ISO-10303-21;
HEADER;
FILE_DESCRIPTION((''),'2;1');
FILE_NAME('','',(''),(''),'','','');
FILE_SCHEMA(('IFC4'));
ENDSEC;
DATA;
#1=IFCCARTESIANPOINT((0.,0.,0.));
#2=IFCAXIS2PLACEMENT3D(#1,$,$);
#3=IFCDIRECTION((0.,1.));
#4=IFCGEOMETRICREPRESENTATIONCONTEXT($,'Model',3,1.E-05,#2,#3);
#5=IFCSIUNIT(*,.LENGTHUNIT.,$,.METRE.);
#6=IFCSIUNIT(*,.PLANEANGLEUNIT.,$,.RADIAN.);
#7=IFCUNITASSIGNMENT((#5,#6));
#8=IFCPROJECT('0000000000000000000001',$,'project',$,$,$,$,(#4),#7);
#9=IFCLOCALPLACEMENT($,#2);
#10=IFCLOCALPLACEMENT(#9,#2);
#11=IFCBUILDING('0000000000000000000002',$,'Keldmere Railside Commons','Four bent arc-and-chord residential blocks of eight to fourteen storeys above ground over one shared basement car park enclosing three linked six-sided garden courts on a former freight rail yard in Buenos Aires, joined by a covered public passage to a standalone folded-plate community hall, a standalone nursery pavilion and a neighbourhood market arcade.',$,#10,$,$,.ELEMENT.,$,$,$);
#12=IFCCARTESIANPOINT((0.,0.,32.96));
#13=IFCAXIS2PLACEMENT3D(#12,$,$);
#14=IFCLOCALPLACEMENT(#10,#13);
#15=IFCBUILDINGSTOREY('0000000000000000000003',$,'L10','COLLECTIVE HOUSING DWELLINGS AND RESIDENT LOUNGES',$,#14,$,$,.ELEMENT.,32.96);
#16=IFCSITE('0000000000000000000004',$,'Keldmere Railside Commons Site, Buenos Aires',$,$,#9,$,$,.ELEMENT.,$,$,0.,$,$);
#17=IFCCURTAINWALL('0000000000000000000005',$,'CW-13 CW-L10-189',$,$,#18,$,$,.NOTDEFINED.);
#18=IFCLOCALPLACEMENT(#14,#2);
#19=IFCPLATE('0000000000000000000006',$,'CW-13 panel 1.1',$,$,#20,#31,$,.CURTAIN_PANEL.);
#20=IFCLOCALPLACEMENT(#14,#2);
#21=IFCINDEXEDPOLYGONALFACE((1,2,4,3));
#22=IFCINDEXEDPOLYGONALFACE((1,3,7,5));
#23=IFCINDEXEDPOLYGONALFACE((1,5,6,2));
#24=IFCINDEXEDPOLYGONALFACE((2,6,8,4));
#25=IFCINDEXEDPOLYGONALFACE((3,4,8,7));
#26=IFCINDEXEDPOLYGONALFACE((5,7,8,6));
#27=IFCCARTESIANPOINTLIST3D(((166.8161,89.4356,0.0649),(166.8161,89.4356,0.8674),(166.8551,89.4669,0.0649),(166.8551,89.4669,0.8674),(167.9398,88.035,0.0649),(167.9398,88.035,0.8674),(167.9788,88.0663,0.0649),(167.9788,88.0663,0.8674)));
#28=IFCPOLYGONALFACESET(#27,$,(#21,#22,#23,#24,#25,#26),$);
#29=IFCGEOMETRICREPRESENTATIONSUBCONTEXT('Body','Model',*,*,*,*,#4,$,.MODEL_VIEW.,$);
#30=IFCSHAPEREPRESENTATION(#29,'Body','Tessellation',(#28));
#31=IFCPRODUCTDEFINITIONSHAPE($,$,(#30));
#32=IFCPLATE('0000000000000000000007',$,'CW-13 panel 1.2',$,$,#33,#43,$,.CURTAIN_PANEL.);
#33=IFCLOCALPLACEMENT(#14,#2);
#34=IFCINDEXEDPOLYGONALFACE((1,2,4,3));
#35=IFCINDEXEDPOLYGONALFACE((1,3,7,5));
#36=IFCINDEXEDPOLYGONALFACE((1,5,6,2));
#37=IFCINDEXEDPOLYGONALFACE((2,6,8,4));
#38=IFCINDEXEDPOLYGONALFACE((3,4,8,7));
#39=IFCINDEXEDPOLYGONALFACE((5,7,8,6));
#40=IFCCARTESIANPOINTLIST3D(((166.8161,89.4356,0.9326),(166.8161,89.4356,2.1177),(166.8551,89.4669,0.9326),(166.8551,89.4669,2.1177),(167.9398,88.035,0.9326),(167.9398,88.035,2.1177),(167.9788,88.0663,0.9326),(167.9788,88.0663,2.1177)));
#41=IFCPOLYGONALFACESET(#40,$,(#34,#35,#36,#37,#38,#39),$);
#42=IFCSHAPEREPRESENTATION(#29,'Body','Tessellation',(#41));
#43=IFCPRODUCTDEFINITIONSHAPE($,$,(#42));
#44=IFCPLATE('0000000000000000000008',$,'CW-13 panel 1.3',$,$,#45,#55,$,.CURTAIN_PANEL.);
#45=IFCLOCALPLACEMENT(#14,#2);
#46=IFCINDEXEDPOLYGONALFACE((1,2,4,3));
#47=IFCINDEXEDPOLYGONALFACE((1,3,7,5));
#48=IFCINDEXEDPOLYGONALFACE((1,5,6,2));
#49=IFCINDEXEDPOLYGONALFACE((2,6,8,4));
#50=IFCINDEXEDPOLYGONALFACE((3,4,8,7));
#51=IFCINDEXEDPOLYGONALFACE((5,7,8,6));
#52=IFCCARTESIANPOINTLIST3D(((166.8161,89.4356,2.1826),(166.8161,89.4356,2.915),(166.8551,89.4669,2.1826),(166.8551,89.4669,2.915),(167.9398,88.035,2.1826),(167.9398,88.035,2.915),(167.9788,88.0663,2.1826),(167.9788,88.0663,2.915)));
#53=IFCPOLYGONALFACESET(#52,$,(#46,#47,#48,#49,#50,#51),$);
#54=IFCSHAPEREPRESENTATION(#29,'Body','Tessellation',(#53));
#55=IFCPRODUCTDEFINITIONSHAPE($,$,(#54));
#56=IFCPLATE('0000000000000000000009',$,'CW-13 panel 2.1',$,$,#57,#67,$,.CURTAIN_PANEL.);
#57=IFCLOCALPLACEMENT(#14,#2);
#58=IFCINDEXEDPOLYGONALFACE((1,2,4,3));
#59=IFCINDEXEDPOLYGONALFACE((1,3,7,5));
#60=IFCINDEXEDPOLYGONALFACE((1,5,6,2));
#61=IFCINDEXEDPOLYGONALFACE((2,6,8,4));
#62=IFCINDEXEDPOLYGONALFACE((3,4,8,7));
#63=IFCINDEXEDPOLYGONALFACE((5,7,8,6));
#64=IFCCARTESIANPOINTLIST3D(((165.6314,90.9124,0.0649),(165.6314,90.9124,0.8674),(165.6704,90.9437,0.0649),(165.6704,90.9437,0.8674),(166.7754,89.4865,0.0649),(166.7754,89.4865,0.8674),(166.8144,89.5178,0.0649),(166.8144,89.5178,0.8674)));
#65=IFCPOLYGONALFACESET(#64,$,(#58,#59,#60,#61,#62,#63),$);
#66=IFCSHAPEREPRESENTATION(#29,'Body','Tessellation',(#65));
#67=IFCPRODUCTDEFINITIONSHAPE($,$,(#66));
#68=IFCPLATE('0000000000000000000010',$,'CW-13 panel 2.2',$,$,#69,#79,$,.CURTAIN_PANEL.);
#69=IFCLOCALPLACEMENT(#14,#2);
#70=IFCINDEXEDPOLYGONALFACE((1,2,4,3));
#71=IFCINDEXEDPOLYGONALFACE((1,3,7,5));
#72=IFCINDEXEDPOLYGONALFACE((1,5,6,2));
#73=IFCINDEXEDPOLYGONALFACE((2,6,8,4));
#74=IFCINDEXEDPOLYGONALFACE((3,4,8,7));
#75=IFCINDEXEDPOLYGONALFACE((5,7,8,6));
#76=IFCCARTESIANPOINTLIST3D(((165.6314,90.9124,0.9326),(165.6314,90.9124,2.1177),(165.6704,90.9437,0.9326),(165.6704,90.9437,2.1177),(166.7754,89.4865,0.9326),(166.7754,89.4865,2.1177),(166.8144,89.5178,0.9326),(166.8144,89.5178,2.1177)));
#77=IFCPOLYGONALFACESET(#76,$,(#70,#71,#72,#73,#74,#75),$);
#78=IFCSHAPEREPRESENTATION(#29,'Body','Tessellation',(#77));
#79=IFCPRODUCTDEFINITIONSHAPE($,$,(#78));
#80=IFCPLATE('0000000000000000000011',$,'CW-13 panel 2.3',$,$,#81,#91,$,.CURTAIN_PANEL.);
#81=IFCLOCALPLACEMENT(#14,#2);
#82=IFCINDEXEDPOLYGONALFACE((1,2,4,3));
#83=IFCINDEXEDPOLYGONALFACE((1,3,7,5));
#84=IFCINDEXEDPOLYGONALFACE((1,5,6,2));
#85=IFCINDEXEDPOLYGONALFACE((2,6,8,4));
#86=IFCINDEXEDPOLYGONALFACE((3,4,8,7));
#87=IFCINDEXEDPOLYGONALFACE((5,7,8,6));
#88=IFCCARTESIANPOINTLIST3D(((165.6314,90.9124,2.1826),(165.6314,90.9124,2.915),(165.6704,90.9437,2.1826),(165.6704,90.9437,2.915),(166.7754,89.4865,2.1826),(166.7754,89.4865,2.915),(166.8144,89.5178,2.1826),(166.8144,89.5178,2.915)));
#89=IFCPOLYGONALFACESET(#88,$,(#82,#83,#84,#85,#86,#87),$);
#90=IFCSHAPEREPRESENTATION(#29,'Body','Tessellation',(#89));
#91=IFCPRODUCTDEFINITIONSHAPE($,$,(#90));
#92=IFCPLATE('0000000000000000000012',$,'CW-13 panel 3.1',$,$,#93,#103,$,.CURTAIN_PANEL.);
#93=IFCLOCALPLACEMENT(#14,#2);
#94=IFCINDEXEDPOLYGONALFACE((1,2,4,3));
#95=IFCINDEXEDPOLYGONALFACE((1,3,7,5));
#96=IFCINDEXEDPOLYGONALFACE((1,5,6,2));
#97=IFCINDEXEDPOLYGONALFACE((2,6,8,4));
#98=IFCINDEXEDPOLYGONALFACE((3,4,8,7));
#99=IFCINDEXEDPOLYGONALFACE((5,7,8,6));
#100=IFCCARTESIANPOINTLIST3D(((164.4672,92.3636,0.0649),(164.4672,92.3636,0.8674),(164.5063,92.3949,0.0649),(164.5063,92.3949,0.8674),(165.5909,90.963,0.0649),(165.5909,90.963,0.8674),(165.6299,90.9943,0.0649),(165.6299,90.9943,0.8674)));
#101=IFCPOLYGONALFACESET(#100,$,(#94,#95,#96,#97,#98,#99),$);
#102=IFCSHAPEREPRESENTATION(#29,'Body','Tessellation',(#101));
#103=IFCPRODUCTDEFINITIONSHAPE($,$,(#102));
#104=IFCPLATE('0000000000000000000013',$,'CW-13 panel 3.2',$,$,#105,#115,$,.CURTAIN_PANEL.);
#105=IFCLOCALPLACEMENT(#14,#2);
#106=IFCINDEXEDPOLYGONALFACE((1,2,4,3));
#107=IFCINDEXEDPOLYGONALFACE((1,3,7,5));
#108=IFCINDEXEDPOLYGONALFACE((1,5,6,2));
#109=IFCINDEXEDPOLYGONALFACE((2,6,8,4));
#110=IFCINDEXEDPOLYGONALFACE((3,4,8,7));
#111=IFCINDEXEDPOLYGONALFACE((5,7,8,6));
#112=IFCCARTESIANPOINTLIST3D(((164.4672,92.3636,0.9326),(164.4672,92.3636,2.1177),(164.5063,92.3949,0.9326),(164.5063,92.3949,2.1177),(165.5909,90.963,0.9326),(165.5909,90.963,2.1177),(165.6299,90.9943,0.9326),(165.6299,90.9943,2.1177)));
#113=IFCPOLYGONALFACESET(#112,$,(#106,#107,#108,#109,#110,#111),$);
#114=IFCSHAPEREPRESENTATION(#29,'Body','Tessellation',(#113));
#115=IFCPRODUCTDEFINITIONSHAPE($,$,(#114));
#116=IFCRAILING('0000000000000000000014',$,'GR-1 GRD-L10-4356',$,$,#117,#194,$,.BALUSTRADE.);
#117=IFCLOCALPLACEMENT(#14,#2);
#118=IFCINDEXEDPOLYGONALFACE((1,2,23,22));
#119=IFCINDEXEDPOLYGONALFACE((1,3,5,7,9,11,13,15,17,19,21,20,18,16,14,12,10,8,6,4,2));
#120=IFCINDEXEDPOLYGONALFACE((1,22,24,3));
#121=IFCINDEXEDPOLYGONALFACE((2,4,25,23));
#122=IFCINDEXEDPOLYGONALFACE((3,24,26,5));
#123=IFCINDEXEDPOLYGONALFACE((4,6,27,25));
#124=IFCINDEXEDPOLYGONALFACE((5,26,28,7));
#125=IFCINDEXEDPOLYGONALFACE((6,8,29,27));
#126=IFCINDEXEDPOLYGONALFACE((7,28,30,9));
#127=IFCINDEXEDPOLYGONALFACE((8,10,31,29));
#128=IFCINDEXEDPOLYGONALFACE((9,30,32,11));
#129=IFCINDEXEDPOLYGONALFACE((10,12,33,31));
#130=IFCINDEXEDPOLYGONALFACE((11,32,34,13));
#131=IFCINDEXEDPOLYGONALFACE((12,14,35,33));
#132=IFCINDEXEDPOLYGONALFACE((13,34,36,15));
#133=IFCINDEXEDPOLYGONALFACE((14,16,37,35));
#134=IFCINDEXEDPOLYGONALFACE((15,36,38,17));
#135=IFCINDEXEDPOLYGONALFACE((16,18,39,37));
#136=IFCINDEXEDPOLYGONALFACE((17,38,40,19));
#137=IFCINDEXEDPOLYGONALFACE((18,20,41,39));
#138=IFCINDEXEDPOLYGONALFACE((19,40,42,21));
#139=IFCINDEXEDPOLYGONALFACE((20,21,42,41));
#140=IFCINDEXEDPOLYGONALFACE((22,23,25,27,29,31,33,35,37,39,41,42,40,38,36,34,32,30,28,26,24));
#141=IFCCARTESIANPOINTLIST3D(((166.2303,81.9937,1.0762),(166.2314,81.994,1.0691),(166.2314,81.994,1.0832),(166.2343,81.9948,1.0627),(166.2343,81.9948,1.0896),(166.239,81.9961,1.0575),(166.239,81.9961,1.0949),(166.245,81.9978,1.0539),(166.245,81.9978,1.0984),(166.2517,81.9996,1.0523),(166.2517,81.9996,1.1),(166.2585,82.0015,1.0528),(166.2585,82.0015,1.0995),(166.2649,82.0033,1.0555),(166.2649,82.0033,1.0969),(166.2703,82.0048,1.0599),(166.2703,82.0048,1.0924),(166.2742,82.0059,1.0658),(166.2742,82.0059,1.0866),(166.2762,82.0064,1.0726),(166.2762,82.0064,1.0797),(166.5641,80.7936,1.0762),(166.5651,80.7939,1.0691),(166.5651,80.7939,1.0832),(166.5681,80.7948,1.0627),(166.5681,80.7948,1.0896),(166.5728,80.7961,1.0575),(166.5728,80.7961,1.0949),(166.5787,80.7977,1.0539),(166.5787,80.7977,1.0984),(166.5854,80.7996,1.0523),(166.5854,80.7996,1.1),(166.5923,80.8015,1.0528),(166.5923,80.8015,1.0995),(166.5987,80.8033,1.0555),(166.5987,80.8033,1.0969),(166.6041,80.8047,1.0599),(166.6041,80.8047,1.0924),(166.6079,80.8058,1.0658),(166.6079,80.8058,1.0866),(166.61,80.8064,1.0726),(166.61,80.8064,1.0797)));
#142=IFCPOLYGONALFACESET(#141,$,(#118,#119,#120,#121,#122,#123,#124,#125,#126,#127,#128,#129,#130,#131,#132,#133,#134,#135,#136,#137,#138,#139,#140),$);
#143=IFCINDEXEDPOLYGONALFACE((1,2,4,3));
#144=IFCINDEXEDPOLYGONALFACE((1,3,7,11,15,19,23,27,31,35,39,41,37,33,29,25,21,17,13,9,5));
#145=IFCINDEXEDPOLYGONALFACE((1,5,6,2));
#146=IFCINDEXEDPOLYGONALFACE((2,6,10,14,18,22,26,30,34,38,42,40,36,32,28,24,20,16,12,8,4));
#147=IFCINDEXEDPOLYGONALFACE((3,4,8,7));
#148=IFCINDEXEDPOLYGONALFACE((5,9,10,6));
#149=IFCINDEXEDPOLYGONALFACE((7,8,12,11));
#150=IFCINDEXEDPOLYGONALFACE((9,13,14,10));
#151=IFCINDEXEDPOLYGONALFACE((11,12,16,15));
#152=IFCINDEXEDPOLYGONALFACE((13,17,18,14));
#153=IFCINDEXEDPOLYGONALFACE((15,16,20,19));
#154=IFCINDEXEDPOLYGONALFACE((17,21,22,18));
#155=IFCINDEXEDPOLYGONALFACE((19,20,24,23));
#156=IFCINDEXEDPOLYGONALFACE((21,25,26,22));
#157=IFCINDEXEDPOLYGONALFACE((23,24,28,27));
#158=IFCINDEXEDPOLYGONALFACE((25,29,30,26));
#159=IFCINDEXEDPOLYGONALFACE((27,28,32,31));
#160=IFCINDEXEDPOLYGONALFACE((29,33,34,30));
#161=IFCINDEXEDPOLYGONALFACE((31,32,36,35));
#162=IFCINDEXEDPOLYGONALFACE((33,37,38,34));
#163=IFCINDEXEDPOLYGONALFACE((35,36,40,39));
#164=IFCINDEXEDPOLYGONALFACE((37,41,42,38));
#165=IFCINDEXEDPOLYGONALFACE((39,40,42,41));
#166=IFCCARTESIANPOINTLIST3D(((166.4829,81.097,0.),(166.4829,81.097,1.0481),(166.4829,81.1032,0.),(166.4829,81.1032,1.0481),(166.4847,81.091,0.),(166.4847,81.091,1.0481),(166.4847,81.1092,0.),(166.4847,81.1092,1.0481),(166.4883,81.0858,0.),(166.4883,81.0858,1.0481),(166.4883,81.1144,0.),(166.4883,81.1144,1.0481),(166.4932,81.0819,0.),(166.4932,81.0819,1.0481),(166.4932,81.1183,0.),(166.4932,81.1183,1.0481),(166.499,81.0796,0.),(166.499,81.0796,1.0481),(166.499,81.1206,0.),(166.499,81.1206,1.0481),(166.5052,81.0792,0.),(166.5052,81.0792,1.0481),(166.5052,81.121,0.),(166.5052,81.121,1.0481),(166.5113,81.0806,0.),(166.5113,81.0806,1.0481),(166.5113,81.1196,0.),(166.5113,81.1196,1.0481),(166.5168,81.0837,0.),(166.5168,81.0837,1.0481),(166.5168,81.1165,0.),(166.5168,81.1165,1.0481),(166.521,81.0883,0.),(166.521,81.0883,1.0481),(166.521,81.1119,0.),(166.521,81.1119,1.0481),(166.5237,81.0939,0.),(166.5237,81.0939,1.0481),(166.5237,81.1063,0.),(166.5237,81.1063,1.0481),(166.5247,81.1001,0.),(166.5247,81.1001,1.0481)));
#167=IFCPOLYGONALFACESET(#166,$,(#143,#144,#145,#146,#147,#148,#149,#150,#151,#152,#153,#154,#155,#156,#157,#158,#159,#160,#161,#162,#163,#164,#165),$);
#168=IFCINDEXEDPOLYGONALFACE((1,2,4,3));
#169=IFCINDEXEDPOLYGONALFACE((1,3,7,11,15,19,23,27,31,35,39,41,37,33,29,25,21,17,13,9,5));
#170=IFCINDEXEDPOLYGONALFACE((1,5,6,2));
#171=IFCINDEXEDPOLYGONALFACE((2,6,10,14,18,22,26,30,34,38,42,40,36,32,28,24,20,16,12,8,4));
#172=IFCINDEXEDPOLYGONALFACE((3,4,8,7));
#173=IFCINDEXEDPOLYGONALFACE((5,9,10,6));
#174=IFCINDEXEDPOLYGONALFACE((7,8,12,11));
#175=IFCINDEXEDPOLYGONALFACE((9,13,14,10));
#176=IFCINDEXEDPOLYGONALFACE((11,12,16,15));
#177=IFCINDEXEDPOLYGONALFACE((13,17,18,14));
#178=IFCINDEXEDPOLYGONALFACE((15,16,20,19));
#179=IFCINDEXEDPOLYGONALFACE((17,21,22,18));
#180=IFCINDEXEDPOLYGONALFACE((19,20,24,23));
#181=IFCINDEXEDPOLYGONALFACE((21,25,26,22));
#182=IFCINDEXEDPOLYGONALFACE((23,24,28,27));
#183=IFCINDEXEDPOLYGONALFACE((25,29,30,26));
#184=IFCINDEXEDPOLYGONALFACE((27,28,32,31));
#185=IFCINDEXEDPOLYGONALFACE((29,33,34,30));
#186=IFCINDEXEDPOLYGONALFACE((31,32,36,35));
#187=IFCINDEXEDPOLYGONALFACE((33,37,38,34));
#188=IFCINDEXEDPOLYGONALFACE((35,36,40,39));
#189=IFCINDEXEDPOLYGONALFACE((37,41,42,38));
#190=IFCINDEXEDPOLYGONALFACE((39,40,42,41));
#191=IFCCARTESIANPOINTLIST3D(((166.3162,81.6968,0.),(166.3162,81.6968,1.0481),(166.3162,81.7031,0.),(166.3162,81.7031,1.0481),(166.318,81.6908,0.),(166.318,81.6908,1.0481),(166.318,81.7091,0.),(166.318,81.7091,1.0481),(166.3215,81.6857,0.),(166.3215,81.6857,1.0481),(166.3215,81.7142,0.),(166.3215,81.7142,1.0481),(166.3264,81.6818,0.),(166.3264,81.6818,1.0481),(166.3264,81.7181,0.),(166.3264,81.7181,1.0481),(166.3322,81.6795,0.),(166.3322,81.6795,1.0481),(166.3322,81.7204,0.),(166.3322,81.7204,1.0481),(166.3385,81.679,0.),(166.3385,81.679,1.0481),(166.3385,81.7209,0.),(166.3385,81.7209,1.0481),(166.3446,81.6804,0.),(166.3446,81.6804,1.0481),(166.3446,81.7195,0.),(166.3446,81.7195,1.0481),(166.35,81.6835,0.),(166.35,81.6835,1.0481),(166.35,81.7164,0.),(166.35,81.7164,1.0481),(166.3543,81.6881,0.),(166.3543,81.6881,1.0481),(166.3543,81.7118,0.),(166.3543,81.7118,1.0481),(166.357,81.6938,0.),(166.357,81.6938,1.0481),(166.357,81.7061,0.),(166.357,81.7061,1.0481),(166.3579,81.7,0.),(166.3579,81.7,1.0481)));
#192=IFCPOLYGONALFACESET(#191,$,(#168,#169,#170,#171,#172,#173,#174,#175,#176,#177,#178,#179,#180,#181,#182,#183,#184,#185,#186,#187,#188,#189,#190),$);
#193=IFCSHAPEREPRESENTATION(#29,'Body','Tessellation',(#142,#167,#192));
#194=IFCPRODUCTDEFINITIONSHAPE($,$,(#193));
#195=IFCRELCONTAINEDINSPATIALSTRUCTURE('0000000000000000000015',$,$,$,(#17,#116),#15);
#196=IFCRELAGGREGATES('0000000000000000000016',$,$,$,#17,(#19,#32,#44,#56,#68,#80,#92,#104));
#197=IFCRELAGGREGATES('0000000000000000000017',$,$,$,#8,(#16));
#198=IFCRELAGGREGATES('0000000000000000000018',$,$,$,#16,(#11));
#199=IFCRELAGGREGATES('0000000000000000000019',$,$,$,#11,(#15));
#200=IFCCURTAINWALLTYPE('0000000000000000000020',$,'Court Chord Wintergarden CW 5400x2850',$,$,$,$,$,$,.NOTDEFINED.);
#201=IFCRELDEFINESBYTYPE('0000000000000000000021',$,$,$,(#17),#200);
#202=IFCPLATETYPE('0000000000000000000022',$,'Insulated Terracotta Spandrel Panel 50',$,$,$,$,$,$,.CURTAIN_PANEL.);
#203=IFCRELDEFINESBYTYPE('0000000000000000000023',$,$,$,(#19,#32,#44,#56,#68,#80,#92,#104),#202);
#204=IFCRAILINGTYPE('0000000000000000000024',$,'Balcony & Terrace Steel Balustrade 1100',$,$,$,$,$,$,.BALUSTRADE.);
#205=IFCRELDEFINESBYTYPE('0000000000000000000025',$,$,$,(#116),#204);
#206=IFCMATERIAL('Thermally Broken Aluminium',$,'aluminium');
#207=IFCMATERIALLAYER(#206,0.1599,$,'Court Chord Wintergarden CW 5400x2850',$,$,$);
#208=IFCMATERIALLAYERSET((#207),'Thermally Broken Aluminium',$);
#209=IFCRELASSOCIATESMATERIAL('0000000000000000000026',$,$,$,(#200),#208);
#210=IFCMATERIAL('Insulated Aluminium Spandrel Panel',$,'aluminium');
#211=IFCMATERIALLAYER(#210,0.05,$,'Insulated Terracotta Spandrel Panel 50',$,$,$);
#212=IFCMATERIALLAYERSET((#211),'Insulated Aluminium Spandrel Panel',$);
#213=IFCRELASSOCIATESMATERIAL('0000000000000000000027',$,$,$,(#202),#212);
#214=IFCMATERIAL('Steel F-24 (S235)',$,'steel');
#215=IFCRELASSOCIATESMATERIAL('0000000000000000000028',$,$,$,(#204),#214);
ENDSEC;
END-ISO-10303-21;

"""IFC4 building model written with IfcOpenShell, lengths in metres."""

from ifc_helpers import new_model, si_unit, direction, frame, origin, origin_2d, place, context, subcontext, project, spatial, rectangle, circle, extrude, material, layer, layer_set, type_object, element, aggregate, save


model = new_model("IFC4")

# Units and contexts
model_context = context("Model", 3, precision=1e-05, world=origin(), true_north=direction((0.0, 1.0)))
body_context = subcontext(model_context, "Body", "Model", "MODEL_VIEW")
ifc_project = project(units=[si_unit("LENGTHUNIT", "METRE"), si_unit("PLANEANGLEUNIT", "RADIAN")], contexts=[model_context])

# Site, building, storey
site_placement = place(None, origin())
site = spatial("IfcSite", under=ifc_project, at=site_placement, Name="Keldmere Railside Commons Site, Buenos Aires", CompositionType="ELEMENT", RefElevation=0.0)
building_placement = place(site_placement, origin())
building = spatial("IfcBuilding", under=site, at=building_placement, Name="Keldmere Railside Commons", Description="Four bent arc-and-chord residential blocks of eight to fourteen storeys above ground over one shared basement car park enclosing three linked six-sided garden courts on a former freight rail yard in Buenos Aires, joined by a covered public passage to a standalone folded-plate community hall, a standalone nursery pavilion and a neighbourhood market arcade.", CompositionType="ELEMENT")
storey_placement = place(building_placement, frame((0.0, 0.0, 32.96)))
storey = spatial("IfcBuildingStorey", under=building, at=storey_placement, Name="L10", Description="COLLECTIVE HOUSING DWELLINGS AND RESIDENT LOUNGES", CompositionType="ELEMENT", Elevation=32.96)

# Curtain wall, plates
ifc_material_1 = material(Name="Thermally Broken Aluminium", Category="aluminium")
ifc_layer_1 = layer(ifc_material_1, 0.1599, Name="Court Chord Wintergarden CW 5400x2850")
ifc_layer_set_1 = layer_set([ifc_layer_1], Name="Thermally Broken Aluminium")
curtain_wall_type = type_object("IfcCurtainWallType", Name="Court Chord Wintergarden CW 5400x2850", PredefinedType="NOTDEFINED", material=ifc_layer_set_1)
curtain_wall_placement = place(storey_placement, origin())
curtain_wall = element("IfcCurtainWall", 1, at=curtain_wall_placement, inside=storey, type_object=curtain_wall_type, Name="CW-13 CW-L10-189", PredefinedType="NOTDEFINED")
ifc_material_2 = material(Name="Insulated Aluminium Spandrel Panel", Category="aluminium")
ifc_layer_2 = layer(ifc_material_2, 0.05, Name="Insulated Terracotta Spandrel Panel 50")
ifc_layer_set_2 = layer_set([ifc_layer_2], Name="Insulated Aluminium Spandrel Panel")
plate_type = type_object("IfcPlateType", Name="Insulated Terracotta Spandrel Panel 50", PredefinedType="CURTAIN_PANEL", material=ifc_layer_set_2)
plate_1_placement = place(storey_placement, frame((167.3975, 88.751, 0.0649), z_axis=(0.0, 0.0, 1.0), x_axis=(-0.625768, 0.780009, 0.0)))
plate_1 = element("IfcPlate", 2, at=plate_1_placement, type_object=plate_type, Name="CW-13 panel 1.1", PredefinedType="CURTAIN_PANEL", context=body_context, shape_type="SweptSolid", body=[
    extrude(rectangle(XDim=1.7957, YDim=0.05, at=origin_2d()), origin(), (0.0, 0.0, 1.0), 0.8025),
])
plate_2_placement = place(storey_placement, frame((167.3975, 88.751, 0.9326), z_axis=(0.0, 0.0, 1.0), x_axis=(-0.625768, 0.780009, 0.0)))
plate_2 = element("IfcPlate", 3, at=plate_2_placement, type_object=plate_type, Name="CW-13 panel 1.2", PredefinedType="CURTAIN_PANEL", context=body_context, shape_type="SweptSolid", body=[
    extrude(rectangle(XDim=1.7957, YDim=0.05, at=origin_2d()), origin(), (0.0, 0.0, 1.0), 1.1851),
])
plate_3_placement = place(storey_placement, frame((167.3975, 88.751, 2.1826), z_axis=(0.0, 0.0, 1.0), x_axis=(-0.625768, 0.780009, 0.0)))
plate_3 = element("IfcPlate", 4, at=plate_3_placement, type_object=plate_type, Name="CW-13 panel 1.3", PredefinedType="CURTAIN_PANEL", context=body_context, shape_type="SweptSolid", body=[
    extrude(rectangle(XDim=1.7957, YDim=0.05, at=origin_2d()), origin(), (0.0, 0.0, 1.0), 0.7324),
])
plate_4_placement = place(storey_placement, frame((166.2229, 90.2151, 0.0649), z_axis=(0.0, 0.0, 1.0), x_axis=(-0.625768, 0.780009, 0.0)))
plate_4 = element("IfcPlate", 5, at=plate_4_placement, type_object=plate_type, Name="CW-13 panel 2.1", PredefinedType="CURTAIN_PANEL", context=body_context, shape_type="SweptSolid", body=[
    extrude(rectangle(XDim=1.8281, YDim=0.05, at=origin_2d()), origin(), (0.0, 0.0, 1.0), 0.8025),
])
plate_5_placement = place(storey_placement, frame((166.2229, 90.2151, 0.9326), z_axis=(0.0, 0.0, 1.0), x_axis=(-0.625768, 0.780009, 0.0)))
plate_5 = element("IfcPlate", 6, at=plate_5_placement, type_object=plate_type, Name="CW-13 panel 2.2", PredefinedType="CURTAIN_PANEL", context=body_context, shape_type="SweptSolid", body=[
    extrude(rectangle(XDim=1.8281, YDim=0.05, at=origin_2d()), origin(), (0.0, 0.0, 1.0), 1.1851),
])
plate_6_placement = place(storey_placement, frame((166.2229, 90.2151, 2.1826), z_axis=(0.0, 0.0, 1.0), x_axis=(-0.625768, 0.780009, 0.0)))
plate_6 = element("IfcPlate", 7, at=plate_6_placement, type_object=plate_type, Name="CW-13 panel 2.3", PredefinedType="CURTAIN_PANEL", context=body_context, shape_type="SweptSolid", body=[
    extrude(rectangle(XDim=1.8281, YDim=0.05, at=origin_2d()), origin(), (0.0, 0.0, 1.0), 0.7324),
])
plate_7_placement = place(storey_placement, frame((165.0486, 91.679, 0.0649), z_axis=(0.0, 0.0, 1.0), x_axis=(-0.625768, 0.780009, 0.0)))
plate_7 = element("IfcPlate", 8, at=plate_7_placement, type_object=plate_type, Name="CW-13 panel 3.1", PredefinedType="CURTAIN_PANEL", context=body_context, shape_type="SweptSolid", body=[
    extrude(rectangle(XDim=1.7957, YDim=0.05, at=origin_2d()), origin(), (0.0, 0.0, 1.0), 0.8025),
])
plate_8_placement = place(storey_placement, frame((165.0486, 91.679, 0.9326), z_axis=(0.0, 0.0, 1.0), x_axis=(-0.625768, 0.780009, 0.0)))
plate_8 = element("IfcPlate", 9, at=plate_8_placement, type_object=plate_type, Name="CW-13 panel 3.2", PredefinedType="CURTAIN_PANEL", context=body_context, shape_type="SweptSolid", body=[
    extrude(rectangle(XDim=1.7957, YDim=0.05, at=origin_2d()), origin(), (0.0, 0.0, 1.0), 1.1851),
])
aggregate(curtain_wall, [plate_1, plate_2, plate_3, plate_4, plate_5, plate_6, plate_7, plate_8])

# Railing
ifc_material_3 = material(Name="Steel F-24 (S235)", Category="steel")
railing_type = type_object("IfcRailingType", Name="Balcony & Terrace Steel Balustrade 1100", PredefinedType="BALUSTRADE", material=ifc_material_3)
railing_1_placement = place(storey_placement, frame((166.5872, 80.8, 0.0)))
element("IfcRailing", 10, at=railing_1_placement, inside=storey, type_object=railing_type, Name="GR-1 GRD-L10-4356", PredefinedType="BALUSTRADE", context=body_context, shape_type="SweptSolid", body=[
    extrude(circle(Radius=0.0239, at=origin_2d()), frame((0.0, 0.0, 1.0762), z_axis=(-0.267957, 0.963431, 0.0), x_axis=(-0.963431, -0.267957, 0.0)), (0.0, 0.0, 1.0), 1.2456),
    extrude(circle(Radius=0.021, at=origin_2d()), frame((-0.0835, 0.3, 0.0)), (0.0, 0.0, 1.0), 1.0481),
    extrude(circle(Radius=0.021, at=origin_2d()), frame((-0.2502, 0.8999, 0.0)), (0.0, 0.0, 1.0), 1.0481),
])

save(model, "model.ifc")
